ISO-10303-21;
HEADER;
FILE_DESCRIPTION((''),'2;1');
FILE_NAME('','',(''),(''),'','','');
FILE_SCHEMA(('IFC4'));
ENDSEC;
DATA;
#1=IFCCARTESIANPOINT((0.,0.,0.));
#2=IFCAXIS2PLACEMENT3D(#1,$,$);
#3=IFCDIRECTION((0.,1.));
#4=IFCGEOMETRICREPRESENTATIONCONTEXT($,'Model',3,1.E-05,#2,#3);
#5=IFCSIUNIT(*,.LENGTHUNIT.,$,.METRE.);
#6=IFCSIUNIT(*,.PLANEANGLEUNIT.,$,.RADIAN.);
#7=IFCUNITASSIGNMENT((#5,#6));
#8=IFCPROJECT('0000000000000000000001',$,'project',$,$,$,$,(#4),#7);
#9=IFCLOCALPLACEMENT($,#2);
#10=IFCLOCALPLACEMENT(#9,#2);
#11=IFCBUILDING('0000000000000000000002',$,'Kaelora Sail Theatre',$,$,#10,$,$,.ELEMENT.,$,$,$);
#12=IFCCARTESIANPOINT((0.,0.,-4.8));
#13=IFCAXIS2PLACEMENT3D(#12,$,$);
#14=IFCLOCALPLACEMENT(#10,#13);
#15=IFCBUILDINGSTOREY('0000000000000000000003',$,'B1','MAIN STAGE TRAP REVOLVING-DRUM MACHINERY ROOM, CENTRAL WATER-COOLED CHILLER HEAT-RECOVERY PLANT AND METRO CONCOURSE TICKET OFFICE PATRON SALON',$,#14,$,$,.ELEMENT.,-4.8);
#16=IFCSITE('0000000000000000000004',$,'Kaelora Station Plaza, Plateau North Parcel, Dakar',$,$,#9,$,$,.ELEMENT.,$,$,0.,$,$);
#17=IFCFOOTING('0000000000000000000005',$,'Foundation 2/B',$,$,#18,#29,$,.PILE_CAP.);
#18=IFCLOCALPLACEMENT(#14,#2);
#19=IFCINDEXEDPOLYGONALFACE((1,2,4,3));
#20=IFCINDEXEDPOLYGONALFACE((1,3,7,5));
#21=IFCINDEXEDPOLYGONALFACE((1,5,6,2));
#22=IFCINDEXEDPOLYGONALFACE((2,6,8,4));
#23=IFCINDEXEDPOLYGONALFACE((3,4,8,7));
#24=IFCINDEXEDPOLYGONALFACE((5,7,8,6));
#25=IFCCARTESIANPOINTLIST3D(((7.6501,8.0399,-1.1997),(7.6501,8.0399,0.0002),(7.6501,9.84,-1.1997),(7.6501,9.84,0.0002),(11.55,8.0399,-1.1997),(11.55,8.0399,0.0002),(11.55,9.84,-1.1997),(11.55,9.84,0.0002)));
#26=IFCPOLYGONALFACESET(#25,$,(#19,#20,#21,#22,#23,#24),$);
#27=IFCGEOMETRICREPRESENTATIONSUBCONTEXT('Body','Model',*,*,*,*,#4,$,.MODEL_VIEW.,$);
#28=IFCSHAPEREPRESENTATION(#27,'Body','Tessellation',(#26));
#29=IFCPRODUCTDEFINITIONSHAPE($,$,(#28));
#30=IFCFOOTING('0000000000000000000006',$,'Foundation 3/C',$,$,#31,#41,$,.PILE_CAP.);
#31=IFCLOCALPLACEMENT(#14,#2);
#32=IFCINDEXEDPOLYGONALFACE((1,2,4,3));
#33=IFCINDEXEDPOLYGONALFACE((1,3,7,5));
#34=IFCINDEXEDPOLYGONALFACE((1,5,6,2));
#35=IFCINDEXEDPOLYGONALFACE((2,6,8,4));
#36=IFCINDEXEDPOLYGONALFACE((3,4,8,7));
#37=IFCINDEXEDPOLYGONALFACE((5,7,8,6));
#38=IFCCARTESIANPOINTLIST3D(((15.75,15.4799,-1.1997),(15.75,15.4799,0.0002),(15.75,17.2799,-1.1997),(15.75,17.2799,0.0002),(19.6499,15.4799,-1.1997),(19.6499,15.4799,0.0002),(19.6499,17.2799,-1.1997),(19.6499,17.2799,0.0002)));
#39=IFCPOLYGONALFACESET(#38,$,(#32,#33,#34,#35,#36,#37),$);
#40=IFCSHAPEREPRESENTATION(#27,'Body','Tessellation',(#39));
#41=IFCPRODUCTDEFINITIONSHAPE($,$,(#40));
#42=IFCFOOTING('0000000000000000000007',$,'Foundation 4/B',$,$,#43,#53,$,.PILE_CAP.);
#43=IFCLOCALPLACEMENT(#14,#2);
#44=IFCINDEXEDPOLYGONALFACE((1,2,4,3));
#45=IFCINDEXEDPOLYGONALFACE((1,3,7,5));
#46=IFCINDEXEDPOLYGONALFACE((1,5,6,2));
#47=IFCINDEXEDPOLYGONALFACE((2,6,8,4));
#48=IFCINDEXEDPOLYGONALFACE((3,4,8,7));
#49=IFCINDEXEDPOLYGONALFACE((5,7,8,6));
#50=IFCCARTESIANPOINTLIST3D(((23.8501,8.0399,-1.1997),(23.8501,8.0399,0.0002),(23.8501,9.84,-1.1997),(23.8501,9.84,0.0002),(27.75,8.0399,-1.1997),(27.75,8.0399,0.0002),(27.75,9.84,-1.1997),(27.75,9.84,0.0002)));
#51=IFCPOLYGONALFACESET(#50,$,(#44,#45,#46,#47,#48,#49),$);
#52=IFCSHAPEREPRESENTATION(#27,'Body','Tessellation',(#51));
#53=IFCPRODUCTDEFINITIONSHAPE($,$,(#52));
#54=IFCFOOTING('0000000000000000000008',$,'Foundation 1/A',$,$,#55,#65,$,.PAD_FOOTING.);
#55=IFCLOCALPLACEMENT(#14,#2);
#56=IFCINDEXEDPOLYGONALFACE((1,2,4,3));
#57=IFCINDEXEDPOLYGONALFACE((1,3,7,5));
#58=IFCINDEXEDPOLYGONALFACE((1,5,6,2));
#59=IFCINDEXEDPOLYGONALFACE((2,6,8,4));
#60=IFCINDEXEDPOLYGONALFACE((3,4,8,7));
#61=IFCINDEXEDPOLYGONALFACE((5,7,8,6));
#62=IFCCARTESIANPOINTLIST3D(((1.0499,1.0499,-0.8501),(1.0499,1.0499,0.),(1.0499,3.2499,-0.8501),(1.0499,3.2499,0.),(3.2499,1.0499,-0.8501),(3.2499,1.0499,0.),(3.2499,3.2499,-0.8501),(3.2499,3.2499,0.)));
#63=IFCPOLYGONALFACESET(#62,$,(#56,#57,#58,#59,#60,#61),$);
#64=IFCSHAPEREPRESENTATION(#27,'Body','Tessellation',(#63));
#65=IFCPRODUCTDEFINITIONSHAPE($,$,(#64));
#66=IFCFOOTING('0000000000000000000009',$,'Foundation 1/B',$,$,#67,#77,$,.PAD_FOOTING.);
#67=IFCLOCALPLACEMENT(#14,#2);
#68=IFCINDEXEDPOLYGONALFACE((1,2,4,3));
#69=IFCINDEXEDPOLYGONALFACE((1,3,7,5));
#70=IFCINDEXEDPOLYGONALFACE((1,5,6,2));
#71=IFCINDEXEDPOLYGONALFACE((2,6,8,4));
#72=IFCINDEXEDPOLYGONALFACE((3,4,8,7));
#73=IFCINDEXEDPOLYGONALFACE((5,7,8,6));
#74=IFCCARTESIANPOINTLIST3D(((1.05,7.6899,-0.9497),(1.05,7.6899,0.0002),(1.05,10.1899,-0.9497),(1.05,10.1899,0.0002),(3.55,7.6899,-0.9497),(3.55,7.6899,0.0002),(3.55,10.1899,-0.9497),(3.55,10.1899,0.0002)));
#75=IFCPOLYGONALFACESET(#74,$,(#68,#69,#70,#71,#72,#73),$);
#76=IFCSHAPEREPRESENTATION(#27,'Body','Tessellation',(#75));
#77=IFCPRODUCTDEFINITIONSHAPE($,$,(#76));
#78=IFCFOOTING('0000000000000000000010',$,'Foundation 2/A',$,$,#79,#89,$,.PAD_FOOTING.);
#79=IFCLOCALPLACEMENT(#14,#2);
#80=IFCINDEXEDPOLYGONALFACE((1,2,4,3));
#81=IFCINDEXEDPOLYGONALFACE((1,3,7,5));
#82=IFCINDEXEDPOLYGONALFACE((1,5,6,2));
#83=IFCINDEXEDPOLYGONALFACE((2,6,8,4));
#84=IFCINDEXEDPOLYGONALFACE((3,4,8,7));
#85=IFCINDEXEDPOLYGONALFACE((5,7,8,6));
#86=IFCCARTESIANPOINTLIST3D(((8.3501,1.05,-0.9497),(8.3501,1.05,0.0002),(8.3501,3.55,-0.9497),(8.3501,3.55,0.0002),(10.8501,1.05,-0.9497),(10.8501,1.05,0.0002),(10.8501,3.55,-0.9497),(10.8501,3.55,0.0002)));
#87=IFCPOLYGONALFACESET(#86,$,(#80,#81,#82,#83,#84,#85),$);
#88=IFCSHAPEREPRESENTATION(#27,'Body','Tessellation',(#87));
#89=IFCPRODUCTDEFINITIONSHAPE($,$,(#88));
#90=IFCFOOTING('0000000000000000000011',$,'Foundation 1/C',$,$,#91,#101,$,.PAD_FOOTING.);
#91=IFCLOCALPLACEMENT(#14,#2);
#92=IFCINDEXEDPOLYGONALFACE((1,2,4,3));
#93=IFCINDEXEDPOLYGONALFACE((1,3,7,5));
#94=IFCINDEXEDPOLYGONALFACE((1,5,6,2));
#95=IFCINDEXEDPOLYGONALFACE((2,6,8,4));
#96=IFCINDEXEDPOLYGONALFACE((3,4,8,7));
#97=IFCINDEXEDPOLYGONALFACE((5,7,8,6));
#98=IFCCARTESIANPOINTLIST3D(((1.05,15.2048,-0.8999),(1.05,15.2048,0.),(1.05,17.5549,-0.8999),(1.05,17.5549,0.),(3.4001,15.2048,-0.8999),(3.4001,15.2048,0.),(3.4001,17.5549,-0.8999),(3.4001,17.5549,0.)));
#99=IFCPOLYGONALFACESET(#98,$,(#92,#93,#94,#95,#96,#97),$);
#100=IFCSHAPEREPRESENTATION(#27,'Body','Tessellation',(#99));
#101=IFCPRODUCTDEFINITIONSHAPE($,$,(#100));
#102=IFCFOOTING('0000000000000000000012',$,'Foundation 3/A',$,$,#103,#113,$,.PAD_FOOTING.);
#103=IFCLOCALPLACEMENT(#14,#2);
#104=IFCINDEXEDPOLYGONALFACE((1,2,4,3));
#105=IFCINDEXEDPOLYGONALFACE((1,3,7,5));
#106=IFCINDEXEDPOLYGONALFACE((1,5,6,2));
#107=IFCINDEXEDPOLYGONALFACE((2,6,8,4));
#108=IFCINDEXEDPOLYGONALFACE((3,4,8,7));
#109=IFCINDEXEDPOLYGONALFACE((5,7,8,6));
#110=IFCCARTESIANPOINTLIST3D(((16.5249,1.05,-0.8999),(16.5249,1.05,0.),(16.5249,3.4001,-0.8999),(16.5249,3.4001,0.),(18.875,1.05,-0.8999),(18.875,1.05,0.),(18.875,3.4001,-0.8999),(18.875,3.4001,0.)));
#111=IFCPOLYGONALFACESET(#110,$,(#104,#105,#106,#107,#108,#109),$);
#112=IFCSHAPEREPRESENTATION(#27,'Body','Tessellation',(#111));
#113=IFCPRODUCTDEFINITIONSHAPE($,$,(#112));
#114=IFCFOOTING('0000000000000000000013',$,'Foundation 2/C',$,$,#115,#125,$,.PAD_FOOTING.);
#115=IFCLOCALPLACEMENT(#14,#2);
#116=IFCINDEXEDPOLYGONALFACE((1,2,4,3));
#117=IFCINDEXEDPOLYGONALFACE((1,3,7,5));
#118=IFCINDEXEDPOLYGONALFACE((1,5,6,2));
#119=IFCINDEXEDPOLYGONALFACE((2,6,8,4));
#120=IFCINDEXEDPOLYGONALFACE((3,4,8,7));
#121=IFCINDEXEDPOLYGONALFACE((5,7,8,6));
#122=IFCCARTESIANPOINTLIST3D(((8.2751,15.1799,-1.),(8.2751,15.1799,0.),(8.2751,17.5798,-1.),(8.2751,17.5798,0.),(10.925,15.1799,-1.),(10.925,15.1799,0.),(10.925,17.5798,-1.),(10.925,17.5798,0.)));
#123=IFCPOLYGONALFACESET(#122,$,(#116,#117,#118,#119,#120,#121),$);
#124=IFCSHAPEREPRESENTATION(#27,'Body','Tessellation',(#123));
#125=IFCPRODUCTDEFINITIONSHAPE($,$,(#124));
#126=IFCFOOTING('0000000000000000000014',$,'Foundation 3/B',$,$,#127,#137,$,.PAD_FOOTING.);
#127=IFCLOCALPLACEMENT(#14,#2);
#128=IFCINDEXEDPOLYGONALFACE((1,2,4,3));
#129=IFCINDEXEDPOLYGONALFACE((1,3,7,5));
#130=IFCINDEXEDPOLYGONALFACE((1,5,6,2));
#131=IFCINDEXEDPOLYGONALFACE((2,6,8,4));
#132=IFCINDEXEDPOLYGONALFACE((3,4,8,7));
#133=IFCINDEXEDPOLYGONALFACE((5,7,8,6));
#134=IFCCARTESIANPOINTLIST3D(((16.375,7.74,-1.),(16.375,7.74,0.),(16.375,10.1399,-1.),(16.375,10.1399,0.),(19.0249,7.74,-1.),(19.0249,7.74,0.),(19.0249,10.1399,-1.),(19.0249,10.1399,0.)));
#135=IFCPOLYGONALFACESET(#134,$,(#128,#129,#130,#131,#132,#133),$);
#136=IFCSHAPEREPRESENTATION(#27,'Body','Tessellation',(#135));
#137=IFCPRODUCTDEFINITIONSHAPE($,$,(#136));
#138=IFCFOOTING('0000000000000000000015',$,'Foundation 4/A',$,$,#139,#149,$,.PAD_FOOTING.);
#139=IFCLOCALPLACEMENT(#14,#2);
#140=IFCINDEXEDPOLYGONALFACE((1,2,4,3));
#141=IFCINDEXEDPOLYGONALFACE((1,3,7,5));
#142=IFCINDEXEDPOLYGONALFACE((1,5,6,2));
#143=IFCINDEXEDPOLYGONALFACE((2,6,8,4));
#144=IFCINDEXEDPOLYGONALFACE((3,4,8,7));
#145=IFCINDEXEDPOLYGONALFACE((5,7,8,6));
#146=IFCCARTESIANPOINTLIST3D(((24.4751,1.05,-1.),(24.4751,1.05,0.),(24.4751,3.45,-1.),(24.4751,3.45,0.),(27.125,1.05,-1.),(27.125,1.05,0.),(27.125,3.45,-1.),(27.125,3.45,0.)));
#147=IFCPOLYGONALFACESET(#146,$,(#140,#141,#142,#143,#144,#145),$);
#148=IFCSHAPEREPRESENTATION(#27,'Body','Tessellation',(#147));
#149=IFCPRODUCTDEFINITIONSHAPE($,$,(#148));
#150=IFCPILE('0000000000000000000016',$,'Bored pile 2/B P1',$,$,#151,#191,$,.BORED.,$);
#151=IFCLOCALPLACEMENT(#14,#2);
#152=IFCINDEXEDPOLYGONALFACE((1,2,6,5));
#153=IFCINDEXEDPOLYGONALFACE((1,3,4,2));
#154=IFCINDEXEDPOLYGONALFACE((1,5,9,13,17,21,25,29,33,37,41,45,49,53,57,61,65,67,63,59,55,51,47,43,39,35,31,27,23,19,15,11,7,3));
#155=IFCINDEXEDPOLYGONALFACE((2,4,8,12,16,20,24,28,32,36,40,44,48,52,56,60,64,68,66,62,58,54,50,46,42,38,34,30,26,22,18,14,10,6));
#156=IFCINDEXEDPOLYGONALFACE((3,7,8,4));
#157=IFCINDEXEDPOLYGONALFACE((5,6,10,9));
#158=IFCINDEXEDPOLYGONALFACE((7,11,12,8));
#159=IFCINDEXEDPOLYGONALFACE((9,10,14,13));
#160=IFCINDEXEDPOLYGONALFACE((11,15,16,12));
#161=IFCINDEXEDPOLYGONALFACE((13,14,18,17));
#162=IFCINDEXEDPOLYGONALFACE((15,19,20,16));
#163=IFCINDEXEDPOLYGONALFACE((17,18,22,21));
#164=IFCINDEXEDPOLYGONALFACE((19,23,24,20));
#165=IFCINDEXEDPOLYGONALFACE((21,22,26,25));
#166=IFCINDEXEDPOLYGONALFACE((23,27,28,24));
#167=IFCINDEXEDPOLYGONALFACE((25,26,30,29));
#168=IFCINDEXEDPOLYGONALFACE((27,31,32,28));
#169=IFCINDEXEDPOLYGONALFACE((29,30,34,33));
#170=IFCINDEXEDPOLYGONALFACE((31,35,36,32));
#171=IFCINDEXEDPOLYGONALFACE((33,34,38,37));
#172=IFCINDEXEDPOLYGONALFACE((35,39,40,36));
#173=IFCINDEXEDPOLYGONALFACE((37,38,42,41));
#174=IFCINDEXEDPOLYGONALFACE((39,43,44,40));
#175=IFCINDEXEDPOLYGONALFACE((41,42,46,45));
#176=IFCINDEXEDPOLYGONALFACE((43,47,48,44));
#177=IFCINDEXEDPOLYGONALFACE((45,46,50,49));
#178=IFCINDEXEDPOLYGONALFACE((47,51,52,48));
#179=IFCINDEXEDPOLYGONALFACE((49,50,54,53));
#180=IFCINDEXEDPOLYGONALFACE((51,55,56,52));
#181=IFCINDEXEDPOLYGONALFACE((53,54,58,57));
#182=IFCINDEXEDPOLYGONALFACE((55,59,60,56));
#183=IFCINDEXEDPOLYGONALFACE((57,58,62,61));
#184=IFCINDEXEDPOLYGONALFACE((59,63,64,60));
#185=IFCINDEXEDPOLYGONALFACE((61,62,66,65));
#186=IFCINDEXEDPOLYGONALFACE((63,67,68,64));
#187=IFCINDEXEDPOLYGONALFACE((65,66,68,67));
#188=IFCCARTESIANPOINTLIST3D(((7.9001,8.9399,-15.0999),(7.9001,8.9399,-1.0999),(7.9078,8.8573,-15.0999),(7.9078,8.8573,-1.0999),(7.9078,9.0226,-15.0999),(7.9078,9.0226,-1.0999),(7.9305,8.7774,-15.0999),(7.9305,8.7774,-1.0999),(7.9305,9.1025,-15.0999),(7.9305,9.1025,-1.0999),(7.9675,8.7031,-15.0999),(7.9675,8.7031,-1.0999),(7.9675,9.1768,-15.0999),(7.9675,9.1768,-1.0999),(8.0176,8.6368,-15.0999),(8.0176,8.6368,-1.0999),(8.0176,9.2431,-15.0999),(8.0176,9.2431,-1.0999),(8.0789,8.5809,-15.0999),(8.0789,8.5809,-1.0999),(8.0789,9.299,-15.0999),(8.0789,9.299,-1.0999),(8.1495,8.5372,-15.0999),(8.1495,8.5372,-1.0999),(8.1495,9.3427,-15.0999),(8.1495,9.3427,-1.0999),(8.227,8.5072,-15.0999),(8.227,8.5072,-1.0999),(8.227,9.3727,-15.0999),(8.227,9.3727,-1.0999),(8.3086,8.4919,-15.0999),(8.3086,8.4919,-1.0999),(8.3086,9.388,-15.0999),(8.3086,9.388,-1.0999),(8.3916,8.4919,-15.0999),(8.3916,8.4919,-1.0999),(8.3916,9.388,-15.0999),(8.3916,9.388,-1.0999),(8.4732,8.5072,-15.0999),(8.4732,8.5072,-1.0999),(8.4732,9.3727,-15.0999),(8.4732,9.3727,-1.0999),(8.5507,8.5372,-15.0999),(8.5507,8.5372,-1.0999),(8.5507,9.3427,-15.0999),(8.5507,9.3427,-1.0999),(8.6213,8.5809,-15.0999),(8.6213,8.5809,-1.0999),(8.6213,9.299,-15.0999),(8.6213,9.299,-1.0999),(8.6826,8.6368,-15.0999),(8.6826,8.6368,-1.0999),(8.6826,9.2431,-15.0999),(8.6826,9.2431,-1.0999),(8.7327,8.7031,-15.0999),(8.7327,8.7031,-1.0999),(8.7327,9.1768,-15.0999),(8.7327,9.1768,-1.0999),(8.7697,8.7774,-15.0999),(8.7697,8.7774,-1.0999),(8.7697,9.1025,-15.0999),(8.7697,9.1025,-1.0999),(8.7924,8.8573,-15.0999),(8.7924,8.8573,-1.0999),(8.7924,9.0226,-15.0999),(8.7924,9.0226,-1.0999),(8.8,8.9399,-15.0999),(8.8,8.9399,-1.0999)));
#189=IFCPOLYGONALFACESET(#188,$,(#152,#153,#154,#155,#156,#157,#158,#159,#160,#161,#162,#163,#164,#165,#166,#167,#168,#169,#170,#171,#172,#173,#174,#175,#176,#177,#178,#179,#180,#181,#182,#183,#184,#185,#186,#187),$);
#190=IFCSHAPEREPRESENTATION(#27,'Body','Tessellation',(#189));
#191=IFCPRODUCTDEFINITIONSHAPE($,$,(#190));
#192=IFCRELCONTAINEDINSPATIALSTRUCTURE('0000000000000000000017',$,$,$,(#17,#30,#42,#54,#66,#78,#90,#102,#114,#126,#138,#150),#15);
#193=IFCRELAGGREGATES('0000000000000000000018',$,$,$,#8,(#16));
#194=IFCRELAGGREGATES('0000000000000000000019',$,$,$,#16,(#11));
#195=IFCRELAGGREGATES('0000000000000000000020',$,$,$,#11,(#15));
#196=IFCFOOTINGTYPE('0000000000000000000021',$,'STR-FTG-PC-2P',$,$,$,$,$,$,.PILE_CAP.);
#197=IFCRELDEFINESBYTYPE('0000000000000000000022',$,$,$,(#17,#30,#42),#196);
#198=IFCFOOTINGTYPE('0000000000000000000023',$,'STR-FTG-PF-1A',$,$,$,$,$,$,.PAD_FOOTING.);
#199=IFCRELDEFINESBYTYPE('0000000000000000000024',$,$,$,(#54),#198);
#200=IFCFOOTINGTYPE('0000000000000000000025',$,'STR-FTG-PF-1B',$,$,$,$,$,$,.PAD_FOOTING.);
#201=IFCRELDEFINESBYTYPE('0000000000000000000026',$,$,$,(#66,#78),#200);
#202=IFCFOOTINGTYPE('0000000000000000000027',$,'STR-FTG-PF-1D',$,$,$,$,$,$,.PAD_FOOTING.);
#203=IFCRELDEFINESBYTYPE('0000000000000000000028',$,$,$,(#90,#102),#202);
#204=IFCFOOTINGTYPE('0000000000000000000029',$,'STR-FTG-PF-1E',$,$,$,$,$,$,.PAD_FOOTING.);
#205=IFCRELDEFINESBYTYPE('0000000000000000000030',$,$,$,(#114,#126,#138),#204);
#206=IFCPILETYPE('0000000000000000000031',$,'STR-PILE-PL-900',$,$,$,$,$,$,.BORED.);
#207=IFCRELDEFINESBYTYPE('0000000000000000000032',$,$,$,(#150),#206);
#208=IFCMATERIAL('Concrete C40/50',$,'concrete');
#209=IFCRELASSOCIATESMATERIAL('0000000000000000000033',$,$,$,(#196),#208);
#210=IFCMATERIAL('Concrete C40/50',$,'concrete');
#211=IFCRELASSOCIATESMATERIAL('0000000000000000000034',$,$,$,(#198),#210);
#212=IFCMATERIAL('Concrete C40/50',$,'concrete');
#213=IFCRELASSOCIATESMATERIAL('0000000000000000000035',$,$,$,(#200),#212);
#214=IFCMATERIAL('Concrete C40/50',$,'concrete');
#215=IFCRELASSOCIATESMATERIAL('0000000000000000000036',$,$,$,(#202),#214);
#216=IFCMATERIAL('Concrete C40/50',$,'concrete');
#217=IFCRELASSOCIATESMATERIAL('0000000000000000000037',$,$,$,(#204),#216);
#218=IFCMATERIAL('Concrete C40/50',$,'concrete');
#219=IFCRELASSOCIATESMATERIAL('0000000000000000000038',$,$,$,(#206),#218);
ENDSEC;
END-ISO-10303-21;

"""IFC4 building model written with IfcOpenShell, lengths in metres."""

from ifc_helpers import new_model, si_unit, direction, frame, origin, origin_2d, place, context, subcontext, project, spatial, rectangle, circle, extrude, material, material_profile, profile_set, type_object, element, save


model = new_model("IFC4")

# Units and contexts
model_context = context("Model", 3, precision=1e-05, world=origin(), true_north=direction((0.0, 1.0)))
body_context = subcontext(model_context, "Body", "Model", "MODEL_VIEW")
ifc_project = project(units=[si_unit("LENGTHUNIT", "METRE"), si_unit("PLANEANGLEUNIT", "RADIAN")], contexts=[model_context])

# Site, building, storey
site_placement = place(None, origin())
site = spatial("IfcSite", under=ifc_project, at=site_placement, Name="Kaelora Station Plaza, Plateau North Parcel, Dakar", CompositionType="ELEMENT", RefElevation=0.0)
building_placement = place(site_placement, origin())
building = spatial("IfcBuilding", under=site, at=building_placement, Name="Kaelora Sail Theatre", CompositionType="ELEMENT")
storey_placement = place(building_placement, frame((0.0, 0.0, -4.8)))
storey = spatial("IfcBuildingStorey", under=building, at=storey_placement, Name="B1", Description="MAIN STAGE TRAP REVOLVING-DRUM MACHINERY ROOM, CENTRAL WATER-COOLED CHILLER HEAT-RECOVERY PLANT AND METRO CONCOURSE TICKET OFFICE PATRON SALON", CompositionType="ELEMENT", Elevation=-4.8)

# Footings
ifc_material_1 = material(Name="Concrete C40/50", Category="concrete")
footing_type_1 = type_object("IfcFootingType", Name="STR-FTG-PC-2P", PredefinedType="PILE_CAP", material=ifc_material_1)
for number, where, z_axis, x_axis, name in (
    (1, (9.6001, 8.9399, -1.1997), (0.0, 0.0, 1.0), (1.0, 0.0, 0.0), "Foundation 2/B"),
    (2, (17.7, 16.3799, -1.1997), (0.0, 0.0, 1.0), (1.0, 0.0, 0.0), "Foundation 3/C"),
    (3, (25.8, 8.9399, -1.1997), (0.0, 0.0, 1.0), (1.0, 0.0, 0.0), "Foundation 4/B"),
):
    element("IfcFooting", number, at=place(storey_placement, frame(where, z_axis=z_axis, x_axis=x_axis)), inside=storey, type_object=footing_type_1, Name=name, PredefinedType="PILE_CAP", context=body_context, shape_type="SweptSolid", body=[
        extrude(rectangle(XDim=3.8999, YDim=1.8, at=origin_2d()), origin(), (0.0, 0.0, 1.0), 1.2),
    ])
ifc_material_2 = material(Name="Concrete C40/50", Category="concrete")
footing_type_2 = type_object("IfcFootingType", Name="STR-FTG-PF-1A", PredefinedType="PAD_FOOTING", material=ifc_material_2)
footing_placement = place(storey_placement, frame((2.1499, 2.1499, -0.8501), z_axis=(0.0, 0.0, 1.0), x_axis=(1.0, 0.0, 0.0)))
element("IfcFooting", 4, at=footing_placement, inside=storey, type_object=footing_type_2, Name="Foundation 1/A", PredefinedType="PAD_FOOTING", context=body_context, shape_type="SweptSolid", body=[
    extrude(rectangle(XDim=2.2, YDim=2.2, at=origin_2d()), origin(), (0.0, 0.0, 1.0), 0.8501),
])
ifc_material_3 = material(Name="Concrete C40/50", Category="concrete")
footing_type_3 = type_object("IfcFootingType", Name="STR-FTG-PF-1B", PredefinedType="PAD_FOOTING", material=ifc_material_3)
for number, where, z_axis, x_axis, name in (
    (5, (2.3, 8.9399, -0.9497), (0.0, 0.0, 1.0), (1.0, 0.0, 0.0), "Foundation 1/B"),
    (6, (9.6001, 2.3, -0.9497), (0.0, 0.0, 1.0), (1.0, 0.0, 0.0), "Foundation 2/A"),
):
    element("IfcFooting", number, at=place(storey_placement, frame(where, z_axis=z_axis, x_axis=x_axis)), inside=storey, type_object=footing_type_3, Name=name, PredefinedType="PAD_FOOTING", context=body_context, shape_type="SweptSolid", body=[
        extrude(rectangle(XDim=2.5, YDim=2.5, at=origin_2d()), origin(), (0.0, 0.0, 1.0), 0.95),
    ])
ifc_material_4 = material(Name="Concrete C40/50", Category="concrete")
footing_type_4 = type_object("IfcFootingType", Name="STR-FTG-PF-1D", PredefinedType="PAD_FOOTING", material=ifc_material_4)
for number, where, z_axis, x_axis, name in (
    (7, (2.2251, 16.3799, -0.8999), (0.0, 0.0, 1.0), (1.0, 0.0, 0.0), "Foundation 1/C"),
    (8, (17.7, 2.2251, -0.8999), (0.0, 0.0, 1.0), (1.0, 0.0, 0.0), "Foundation 3/A"),
):
    element("IfcFooting", number, at=place(storey_placement, frame(where, z_axis=z_axis, x_axis=x_axis)), inside=storey, type_object=footing_type_4, Name=name, PredefinedType="PAD_FOOTING", context=body_context, shape_type="SweptSolid", body=[
        extrude(rectangle(XDim=2.3501, YDim=2.3501, at=origin_2d()), origin(), (0.0, 0.0, 1.0), 0.8999),
    ])
ifc_material_5 = material(Name="Concrete C40/50", Category="concrete")
footing_type_5 = type_object("IfcFootingType", Name="STR-FTG-PF-1E", PredefinedType="PAD_FOOTING", material=ifc_material_5)
for number, where, z_axis, x_axis, name in (
    (9, (9.6001, 16.3799, -1.0), (0.0, 0.0, 1.0), (1.0, 0.0, 0.0), "Foundation 2/C"),
    (10, (17.7, 8.9399, -1.0), (0.0, 0.0, 1.0), (1.0, 0.0, 0.0), "Foundation 3/B"),
    (11, (25.8, 2.25, -1.0), (0.0, 0.0, 1.0), (1.0, 0.0, 0.0), "Foundation 4/A"),
):
    element("IfcFooting", number, at=place(storey_placement, frame(where, z_axis=z_axis, x_axis=x_axis)), inside=storey, type_object=footing_type_5, Name=name, PredefinedType="PAD_FOOTING", context=body_context, shape_type="SweptSolid", body=[
        extrude(rectangle(XDim=2.6499, YDim=2.3999, at=origin_2d()), origin(), (0.0, 0.0, 1.0), 1.0),
    ])

# Pile
ifc_material_6 = material(Name="Concrete C40/50", Category="concrete")
ifc_material_profile_1 = material_profile(ifc_material_6, circle(Radius=0.45, at=origin_2d()), Name="PILE D900")
ifc_profile_set_1 = profile_set([ifc_material_profile_1], Name="Concrete C40/50")
pile_type = type_object("IfcPileType", Name="STR-PILE-PL-900", PredefinedType="BORED", material=ifc_profile_set_1)
for number, where, z_axis, x_axis, name in (
    (12, (8.3501, 8.9399, -1.0999), (0.0, 0.0, -1.0), (1.0, 0.0, 0.0), "Bored pile 2/B P1"),
):
    element("IfcPile", number, at=place(storey_placement, frame(where, z_axis=z_axis, x_axis=x_axis)), inside=storey, type_object=pile_type, Name=name, PredefinedType="BORED", context=body_context, shape_type="SweptSolid", body=[
        extrude(circle(Radius=0.45, at=origin_2d()), origin(), (0.0, 0.0, 1.0), 14.0),
    ])

save(model, "model.ifc")
